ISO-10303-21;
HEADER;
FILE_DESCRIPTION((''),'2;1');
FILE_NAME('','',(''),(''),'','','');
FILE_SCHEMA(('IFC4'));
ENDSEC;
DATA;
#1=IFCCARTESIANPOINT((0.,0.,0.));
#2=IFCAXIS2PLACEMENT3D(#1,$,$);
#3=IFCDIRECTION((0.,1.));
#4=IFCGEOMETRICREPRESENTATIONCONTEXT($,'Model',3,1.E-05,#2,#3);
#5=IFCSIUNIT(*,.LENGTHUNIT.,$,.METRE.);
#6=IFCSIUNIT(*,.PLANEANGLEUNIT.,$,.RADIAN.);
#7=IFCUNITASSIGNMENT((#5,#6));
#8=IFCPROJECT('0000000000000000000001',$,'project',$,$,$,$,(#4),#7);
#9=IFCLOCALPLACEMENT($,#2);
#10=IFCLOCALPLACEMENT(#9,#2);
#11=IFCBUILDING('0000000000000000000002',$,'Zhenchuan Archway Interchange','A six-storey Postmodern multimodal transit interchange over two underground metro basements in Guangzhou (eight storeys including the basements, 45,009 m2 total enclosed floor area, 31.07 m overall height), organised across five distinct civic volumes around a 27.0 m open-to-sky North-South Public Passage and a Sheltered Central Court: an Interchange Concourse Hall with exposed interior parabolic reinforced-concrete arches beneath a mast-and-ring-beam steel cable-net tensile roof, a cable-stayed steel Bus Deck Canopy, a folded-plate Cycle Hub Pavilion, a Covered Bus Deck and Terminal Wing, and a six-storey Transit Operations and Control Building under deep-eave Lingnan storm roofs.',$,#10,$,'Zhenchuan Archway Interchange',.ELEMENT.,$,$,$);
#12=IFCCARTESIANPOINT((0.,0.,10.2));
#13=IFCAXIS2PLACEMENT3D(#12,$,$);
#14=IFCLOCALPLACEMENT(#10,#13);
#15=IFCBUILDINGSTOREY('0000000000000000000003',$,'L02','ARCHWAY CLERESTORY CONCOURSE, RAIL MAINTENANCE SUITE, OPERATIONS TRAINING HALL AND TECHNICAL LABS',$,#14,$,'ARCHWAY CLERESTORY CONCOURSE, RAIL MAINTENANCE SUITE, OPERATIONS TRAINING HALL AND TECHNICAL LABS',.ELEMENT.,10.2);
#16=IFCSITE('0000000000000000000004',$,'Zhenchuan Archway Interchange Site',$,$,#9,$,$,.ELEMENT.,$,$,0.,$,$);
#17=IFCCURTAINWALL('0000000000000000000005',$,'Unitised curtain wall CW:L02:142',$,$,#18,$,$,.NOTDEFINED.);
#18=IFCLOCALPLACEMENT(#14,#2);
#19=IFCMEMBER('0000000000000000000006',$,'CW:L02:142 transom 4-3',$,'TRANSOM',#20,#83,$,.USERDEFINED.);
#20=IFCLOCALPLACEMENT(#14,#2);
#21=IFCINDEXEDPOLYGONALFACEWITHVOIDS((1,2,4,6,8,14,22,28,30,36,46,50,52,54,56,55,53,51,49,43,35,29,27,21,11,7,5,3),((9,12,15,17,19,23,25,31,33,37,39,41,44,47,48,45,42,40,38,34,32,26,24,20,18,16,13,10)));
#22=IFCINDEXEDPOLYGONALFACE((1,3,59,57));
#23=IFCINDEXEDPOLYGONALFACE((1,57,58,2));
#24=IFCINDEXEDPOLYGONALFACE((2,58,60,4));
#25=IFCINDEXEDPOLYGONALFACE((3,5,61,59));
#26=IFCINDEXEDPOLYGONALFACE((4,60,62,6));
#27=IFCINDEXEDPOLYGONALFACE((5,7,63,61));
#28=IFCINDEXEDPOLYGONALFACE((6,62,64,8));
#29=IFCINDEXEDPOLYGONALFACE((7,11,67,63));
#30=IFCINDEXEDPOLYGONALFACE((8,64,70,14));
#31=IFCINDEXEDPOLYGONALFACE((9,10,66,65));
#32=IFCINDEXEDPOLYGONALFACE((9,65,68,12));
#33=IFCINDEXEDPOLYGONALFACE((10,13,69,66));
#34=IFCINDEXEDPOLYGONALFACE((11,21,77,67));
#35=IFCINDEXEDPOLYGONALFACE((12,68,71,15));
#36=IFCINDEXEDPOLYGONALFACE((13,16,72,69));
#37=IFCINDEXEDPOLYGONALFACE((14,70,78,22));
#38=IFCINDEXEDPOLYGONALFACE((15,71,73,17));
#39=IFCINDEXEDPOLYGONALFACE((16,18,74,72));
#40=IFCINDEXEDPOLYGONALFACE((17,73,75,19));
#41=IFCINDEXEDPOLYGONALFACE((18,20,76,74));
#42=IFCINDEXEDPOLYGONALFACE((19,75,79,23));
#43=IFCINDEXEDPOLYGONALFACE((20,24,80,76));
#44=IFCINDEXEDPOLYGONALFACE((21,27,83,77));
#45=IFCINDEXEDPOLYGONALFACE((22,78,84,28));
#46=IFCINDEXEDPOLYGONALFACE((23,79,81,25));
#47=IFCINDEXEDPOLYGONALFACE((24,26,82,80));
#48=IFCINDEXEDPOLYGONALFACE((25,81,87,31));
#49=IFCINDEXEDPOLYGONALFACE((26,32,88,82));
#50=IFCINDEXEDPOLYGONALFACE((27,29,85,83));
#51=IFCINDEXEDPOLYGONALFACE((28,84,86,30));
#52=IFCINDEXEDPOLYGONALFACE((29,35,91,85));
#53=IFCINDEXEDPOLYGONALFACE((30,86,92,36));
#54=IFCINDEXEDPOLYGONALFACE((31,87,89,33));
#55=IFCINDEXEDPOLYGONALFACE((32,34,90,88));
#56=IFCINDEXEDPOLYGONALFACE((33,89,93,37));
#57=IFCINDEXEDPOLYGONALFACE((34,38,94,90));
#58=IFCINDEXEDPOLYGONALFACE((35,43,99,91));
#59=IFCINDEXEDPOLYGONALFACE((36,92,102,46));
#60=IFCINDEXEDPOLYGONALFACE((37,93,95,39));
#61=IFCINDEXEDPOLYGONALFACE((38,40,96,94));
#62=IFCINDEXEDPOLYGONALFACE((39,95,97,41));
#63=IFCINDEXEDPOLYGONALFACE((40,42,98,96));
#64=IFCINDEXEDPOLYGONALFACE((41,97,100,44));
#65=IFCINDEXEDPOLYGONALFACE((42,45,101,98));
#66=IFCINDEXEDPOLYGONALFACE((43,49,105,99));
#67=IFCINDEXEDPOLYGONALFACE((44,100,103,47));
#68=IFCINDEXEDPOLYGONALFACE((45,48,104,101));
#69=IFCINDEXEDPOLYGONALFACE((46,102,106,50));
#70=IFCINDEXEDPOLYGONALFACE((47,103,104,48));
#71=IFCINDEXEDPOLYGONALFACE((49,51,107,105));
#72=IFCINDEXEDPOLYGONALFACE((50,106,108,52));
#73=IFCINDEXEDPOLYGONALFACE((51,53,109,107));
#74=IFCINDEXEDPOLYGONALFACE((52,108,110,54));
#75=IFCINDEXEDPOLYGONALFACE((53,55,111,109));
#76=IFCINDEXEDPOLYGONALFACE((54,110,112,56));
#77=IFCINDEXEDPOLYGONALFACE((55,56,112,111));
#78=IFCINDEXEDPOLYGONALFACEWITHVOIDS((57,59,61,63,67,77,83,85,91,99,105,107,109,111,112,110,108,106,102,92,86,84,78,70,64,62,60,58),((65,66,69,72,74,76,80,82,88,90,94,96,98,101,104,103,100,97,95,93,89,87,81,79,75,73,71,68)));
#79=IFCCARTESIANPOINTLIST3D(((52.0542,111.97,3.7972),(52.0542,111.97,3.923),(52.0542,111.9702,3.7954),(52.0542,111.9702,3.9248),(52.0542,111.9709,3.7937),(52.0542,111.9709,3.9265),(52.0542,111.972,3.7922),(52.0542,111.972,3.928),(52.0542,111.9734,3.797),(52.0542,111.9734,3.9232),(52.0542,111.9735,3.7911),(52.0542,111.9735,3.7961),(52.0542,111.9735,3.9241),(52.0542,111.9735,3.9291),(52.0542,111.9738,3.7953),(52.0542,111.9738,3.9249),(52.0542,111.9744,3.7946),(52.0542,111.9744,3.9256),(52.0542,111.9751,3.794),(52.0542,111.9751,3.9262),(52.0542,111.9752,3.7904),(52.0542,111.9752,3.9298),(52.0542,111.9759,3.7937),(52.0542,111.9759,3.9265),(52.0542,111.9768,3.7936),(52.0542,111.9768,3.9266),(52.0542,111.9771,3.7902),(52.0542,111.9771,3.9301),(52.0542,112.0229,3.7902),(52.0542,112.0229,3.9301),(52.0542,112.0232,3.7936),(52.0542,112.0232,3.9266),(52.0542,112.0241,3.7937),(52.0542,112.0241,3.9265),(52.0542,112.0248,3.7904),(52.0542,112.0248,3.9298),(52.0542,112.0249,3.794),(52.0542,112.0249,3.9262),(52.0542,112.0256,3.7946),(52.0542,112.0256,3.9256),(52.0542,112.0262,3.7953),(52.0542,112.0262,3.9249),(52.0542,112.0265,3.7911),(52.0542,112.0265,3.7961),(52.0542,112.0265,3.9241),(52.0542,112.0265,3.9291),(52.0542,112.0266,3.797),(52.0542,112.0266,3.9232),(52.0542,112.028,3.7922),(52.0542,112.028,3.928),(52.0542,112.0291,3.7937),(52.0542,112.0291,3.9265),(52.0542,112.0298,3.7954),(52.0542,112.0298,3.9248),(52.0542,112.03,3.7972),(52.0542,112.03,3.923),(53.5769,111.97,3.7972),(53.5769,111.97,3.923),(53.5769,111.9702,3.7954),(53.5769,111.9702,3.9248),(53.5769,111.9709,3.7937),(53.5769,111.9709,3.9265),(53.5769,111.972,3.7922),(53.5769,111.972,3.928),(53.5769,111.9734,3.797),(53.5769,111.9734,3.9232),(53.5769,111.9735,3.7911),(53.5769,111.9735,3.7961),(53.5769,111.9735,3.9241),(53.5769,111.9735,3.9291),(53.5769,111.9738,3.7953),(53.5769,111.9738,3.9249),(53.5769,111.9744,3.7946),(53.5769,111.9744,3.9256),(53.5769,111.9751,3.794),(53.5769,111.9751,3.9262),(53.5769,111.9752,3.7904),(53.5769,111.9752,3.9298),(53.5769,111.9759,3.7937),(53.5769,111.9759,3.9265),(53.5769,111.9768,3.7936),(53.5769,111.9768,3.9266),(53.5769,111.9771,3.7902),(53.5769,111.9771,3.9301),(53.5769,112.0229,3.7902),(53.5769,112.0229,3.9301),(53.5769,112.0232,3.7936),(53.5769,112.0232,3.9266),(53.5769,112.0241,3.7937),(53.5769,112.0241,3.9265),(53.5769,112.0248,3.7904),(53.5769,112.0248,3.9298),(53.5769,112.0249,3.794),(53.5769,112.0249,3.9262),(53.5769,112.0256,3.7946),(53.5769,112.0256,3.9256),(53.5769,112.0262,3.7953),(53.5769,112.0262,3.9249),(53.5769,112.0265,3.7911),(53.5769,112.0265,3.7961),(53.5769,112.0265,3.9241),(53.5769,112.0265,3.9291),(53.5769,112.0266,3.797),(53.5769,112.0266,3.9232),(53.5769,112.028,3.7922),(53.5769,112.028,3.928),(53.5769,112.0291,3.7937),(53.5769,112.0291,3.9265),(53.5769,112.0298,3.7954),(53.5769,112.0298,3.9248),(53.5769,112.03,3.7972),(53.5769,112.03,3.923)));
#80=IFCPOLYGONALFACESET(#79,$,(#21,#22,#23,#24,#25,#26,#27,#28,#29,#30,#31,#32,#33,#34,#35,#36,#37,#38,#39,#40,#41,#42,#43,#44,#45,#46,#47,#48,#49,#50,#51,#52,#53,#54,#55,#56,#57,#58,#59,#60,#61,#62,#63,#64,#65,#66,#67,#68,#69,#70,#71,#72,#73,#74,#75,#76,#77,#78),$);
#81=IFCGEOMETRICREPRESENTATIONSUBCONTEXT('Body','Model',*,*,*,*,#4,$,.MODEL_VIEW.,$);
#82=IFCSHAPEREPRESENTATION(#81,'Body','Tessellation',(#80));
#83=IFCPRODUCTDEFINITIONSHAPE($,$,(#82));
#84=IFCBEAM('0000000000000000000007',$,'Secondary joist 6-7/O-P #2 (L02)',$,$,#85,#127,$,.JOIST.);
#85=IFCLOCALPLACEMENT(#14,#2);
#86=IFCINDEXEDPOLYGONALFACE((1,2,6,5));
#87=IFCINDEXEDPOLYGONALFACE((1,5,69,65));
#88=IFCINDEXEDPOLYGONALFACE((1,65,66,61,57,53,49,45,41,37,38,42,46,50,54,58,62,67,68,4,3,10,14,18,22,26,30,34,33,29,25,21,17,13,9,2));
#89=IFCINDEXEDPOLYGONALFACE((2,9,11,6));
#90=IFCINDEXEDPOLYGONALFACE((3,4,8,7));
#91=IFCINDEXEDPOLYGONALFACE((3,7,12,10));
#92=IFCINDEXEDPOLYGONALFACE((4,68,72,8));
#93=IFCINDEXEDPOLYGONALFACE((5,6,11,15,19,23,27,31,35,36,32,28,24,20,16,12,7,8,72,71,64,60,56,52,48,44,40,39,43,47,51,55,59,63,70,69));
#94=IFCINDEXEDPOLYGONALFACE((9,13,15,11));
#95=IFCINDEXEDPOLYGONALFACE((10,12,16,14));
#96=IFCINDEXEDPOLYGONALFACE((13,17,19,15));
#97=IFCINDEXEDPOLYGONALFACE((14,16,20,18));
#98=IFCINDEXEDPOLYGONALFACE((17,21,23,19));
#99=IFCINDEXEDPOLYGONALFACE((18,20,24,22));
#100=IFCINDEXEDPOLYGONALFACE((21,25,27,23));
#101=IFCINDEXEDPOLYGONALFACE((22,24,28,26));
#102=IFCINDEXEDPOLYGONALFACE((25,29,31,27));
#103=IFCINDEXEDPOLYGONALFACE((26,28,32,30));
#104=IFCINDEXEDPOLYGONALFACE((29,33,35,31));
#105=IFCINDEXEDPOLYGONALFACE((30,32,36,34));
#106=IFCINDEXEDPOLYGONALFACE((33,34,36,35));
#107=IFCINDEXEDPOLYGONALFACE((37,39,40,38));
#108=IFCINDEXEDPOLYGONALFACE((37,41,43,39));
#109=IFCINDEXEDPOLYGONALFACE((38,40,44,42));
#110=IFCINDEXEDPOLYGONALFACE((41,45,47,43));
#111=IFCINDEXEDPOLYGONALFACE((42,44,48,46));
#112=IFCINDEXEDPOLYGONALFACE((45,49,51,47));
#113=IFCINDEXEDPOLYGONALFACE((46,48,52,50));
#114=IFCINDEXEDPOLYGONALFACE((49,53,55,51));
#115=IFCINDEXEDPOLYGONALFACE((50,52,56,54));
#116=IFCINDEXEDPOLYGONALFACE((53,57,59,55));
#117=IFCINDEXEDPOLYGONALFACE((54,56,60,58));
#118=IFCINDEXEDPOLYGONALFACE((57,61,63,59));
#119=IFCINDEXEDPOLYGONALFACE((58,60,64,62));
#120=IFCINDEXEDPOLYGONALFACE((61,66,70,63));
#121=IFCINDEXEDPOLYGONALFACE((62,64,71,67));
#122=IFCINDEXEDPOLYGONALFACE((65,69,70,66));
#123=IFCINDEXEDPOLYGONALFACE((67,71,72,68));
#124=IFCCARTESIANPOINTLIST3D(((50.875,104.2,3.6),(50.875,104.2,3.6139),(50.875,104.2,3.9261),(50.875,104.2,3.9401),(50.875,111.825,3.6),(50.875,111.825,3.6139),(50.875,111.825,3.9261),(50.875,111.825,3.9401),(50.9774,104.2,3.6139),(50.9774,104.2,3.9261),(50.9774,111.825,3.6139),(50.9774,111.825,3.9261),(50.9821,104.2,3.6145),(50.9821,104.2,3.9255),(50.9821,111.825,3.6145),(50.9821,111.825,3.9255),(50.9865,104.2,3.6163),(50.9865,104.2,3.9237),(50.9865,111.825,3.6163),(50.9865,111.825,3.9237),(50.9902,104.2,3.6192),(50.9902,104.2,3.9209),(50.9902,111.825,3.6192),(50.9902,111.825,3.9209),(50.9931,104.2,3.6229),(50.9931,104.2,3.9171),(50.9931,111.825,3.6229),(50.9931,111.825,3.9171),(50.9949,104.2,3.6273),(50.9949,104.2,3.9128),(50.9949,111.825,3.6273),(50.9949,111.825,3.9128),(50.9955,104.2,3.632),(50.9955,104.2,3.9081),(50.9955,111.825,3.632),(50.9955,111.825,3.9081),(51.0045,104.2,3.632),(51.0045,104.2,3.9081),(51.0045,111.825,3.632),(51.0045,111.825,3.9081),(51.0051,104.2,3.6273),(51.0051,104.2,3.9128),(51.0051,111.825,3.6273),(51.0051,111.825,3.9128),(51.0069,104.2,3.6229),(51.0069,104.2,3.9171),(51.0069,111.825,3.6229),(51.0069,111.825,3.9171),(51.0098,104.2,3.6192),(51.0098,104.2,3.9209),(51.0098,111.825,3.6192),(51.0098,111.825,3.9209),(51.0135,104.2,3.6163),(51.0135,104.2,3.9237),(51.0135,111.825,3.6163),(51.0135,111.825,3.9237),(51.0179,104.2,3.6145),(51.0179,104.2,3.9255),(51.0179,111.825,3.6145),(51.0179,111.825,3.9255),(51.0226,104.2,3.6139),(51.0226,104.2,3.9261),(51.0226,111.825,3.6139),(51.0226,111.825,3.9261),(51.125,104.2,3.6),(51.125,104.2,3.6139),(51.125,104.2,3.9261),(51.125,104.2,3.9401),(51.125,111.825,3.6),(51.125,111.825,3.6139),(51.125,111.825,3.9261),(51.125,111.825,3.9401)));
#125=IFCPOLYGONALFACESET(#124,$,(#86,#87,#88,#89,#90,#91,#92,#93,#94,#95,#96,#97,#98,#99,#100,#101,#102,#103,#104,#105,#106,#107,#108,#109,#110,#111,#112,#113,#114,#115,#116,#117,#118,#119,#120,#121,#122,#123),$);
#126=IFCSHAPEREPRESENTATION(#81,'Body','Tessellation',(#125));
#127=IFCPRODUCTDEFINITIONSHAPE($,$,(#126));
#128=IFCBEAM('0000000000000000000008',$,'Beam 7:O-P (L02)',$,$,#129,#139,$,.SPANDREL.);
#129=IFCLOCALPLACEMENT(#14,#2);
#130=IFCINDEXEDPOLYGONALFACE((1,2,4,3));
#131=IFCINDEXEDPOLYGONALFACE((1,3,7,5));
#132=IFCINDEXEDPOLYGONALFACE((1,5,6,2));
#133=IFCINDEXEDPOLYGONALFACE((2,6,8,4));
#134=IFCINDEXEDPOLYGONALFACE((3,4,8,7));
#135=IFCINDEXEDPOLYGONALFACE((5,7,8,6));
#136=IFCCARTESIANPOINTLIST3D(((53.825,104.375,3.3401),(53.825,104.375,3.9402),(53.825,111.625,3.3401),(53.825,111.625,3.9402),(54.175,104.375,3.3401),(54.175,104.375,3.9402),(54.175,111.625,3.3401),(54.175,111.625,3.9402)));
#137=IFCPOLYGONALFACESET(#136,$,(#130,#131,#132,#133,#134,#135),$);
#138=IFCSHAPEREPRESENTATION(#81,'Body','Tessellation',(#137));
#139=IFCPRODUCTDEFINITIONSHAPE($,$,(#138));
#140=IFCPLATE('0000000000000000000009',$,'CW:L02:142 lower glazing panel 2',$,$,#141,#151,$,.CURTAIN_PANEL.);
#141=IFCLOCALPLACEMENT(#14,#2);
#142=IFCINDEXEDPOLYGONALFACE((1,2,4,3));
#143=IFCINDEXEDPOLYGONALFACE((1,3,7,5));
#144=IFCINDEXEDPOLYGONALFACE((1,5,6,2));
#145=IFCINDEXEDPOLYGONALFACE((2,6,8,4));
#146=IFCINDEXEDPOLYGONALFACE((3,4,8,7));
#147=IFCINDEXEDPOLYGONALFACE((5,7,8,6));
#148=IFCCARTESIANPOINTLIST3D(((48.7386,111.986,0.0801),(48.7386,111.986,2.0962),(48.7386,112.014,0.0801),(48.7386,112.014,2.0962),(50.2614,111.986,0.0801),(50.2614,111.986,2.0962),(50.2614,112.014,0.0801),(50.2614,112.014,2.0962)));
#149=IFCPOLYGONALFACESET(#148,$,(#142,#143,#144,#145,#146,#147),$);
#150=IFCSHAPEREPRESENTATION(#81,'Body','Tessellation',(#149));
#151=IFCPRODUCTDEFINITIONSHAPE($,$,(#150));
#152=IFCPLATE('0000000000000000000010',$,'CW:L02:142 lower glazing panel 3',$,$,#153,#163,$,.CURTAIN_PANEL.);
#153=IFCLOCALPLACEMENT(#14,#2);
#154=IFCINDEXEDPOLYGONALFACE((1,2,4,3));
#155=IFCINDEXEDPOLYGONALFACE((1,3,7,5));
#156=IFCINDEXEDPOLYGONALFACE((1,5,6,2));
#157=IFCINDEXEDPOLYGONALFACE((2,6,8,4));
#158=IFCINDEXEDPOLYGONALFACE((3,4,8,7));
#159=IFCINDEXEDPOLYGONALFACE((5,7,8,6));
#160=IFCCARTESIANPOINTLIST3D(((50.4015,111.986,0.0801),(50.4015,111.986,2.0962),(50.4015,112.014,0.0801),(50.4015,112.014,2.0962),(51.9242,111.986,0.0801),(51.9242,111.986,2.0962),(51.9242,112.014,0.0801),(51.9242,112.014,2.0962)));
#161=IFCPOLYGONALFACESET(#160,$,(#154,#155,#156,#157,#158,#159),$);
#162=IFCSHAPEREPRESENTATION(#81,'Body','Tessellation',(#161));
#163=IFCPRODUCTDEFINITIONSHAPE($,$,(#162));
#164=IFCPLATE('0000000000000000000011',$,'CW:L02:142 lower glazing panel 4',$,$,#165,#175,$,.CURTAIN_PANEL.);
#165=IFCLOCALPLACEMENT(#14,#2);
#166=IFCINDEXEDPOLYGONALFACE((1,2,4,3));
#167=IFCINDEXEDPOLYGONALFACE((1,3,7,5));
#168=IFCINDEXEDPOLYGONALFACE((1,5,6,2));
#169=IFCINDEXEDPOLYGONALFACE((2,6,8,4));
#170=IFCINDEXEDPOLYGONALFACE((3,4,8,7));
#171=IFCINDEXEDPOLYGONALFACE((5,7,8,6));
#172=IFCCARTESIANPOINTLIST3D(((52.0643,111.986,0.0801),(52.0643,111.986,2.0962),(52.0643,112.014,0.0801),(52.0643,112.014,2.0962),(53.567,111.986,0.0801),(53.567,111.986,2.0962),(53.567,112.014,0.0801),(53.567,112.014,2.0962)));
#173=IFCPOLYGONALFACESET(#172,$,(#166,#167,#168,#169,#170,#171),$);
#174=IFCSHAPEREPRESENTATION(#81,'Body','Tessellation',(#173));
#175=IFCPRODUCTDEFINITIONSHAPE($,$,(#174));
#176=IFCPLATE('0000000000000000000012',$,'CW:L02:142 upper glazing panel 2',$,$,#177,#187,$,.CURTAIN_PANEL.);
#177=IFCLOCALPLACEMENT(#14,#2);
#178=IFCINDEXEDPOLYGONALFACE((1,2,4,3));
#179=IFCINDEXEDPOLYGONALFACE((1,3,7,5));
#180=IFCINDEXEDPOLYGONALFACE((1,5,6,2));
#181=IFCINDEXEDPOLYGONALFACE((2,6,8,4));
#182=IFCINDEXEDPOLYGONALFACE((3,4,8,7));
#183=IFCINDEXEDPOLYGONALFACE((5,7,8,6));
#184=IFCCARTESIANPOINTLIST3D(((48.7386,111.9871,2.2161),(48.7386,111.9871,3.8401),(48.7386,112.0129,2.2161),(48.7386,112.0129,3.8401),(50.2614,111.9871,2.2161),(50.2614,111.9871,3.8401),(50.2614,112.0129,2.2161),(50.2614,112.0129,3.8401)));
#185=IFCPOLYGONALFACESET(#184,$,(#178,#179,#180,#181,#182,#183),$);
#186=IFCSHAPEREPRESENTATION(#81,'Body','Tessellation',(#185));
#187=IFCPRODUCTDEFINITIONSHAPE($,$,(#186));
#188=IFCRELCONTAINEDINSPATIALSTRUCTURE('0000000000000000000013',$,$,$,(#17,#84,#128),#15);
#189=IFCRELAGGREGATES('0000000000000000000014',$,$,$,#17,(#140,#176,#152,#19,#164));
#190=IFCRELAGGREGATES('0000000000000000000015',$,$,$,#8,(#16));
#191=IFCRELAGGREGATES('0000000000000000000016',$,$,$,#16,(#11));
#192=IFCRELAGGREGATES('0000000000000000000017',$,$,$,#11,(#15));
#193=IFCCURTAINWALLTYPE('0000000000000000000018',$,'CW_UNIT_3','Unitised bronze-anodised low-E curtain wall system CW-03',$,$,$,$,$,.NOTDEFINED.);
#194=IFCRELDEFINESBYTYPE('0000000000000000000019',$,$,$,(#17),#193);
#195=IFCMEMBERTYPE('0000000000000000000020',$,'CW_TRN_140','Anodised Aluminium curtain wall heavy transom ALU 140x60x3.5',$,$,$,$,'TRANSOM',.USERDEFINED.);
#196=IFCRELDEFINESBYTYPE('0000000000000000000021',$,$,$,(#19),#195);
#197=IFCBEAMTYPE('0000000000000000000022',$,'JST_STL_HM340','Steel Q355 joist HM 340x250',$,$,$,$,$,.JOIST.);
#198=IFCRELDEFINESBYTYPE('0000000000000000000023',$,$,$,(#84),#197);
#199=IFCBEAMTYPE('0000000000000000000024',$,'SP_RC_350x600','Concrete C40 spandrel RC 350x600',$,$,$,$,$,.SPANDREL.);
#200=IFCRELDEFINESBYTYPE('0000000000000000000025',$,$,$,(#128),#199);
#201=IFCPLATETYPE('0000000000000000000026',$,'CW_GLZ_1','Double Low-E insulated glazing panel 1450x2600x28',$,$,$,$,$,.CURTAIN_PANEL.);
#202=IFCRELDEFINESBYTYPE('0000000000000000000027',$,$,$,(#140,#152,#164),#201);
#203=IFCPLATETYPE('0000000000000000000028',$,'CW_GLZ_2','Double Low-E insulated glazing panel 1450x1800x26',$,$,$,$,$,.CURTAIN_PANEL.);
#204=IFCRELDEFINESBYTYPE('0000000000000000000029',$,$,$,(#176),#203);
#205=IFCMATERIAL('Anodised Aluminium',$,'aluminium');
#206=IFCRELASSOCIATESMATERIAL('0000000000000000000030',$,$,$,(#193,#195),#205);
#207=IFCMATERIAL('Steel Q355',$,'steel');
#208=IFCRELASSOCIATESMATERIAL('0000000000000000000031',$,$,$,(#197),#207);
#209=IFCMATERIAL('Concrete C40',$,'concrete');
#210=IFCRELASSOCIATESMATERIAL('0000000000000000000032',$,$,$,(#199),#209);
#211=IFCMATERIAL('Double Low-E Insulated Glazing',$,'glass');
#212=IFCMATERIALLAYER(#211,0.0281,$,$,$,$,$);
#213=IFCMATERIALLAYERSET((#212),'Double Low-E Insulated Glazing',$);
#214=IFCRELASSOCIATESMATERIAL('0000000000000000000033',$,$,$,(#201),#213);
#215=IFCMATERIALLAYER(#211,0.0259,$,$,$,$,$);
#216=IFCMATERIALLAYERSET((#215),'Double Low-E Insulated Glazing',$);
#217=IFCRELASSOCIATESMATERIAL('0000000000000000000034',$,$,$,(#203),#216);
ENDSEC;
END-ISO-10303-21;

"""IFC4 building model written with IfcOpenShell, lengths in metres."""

from ifc_helpers import new_model, si_unit, direction, frame, origin, origin_2d, place, context, subcontext, project, spatial, rectangle, hollow_rectangle, i_section, extrude, material, layer, layer_set, material_profile, profile_set, type_object, element, aggregate, save


model = new_model("IFC4")

# Units and contexts
model_context = context("Model", 3, precision=1e-05, world=origin(), true_north=direction((0.0, 1.0)))
body_context = subcontext(model_context, "Body", "Model", "MODEL_VIEW")
ifc_project = project(units=[si_unit("LENGTHUNIT", "METRE"), si_unit("PLANEANGLEUNIT", "RADIAN")], contexts=[model_context])

# Site, building, storey
site_placement = place(None, origin())
site = spatial("IfcSite", under=ifc_project, at=site_placement, Name="Zhenchuan Archway Interchange Site", CompositionType="ELEMENT", RefElevation=0.0)
building_placement = place(site_placement, origin())
building = spatial("IfcBuilding", under=site, at=building_placement, Name="Zhenchuan Archway Interchange", Description="A six-storey Postmodern multimodal transit interchange over two underground metro basements in Guangzhou (eight storeys including the basements, 45,009 m2 total enclosed floor area, 31.07 m overall height), organised across five distinct civic volumes around a 27.0 m open-to-sky North-South Public Passage and a Sheltered Central Court: an Interchange Concourse Hall with exposed interior parabolic reinforced-concrete arches beneath a mast-and-ring-beam steel cable-net tensile roof, a cable-stayed steel Bus Deck Canopy, a folded-plate Cycle Hub Pavilion, a Covered Bus Deck and Terminal Wing, and a six-storey Transit Operations and Control Building under deep-eave Lingnan storm roofs.", LongName="Zhenchuan Archway Interchange", CompositionType="ELEMENT")
storey_placement = place(building_placement, frame((0.0, 0.0, 10.2)))
storey = spatial("IfcBuildingStorey", under=building, at=storey_placement, Name="L02", Description="ARCHWAY CLERESTORY CONCOURSE, RAIL MAINTENANCE SUITE, OPERATIONS TRAINING HALL AND TECHNICAL LABS", LongName="ARCHWAY CLERESTORY CONCOURSE, RAIL MAINTENANCE SUITE, OPERATIONS TRAINING HALL AND TECHNICAL LABS", CompositionType="ELEMENT", Elevation=10.2)

# Shared definitions
ifc_material_1 = material(Name="Concrete C40", Category="concrete")

# Curtain wall, member
ifc_material_2 = material(Name="Anodised Aluminium", Category="aluminium")
curtain_wall_type = type_object("IfcCurtainWallType", Name="CW_UNIT_3", Description="Unitised bronze-anodised low-E curtain wall system CW-03", PredefinedType="NOTDEFINED", material=ifc_material_2)
curtain_wall_placement = place(storey_placement, origin())
curtain_wall = element("IfcCurtainWall", 1, at=curtain_wall_placement, inside=storey, type_object=curtain_wall_type, Name="Unitised curtain wall CW:L02:142", PredefinedType="NOTDEFINED")
ifc_material_profile_1 = material_profile(ifc_material_2, hollow_rectangle(XDim=0.0601, YDim=0.1399, WallThickness=0.0034, InnerFilletRadius=0.0034, OuterFilletRadius=0.0071, at=origin_2d()), Name="ALU 140x60x3.5")
ifc_profile_set_1 = profile_set([ifc_material_profile_1], Name="Anodised Aluminium")
member_type_1 = type_object("IfcMemberType", Name="CW_TRN_140", Description="Anodised Aluminium curtain wall heavy transom ALU 140x60x3.5", ElementType="TRANSOM", PredefinedType="USERDEFINED", material=ifc_profile_set_1)
member_1_placement = place(storey_placement, frame((52.0542, 112.0, 3.8601), z_axis=(1.0, 0.0, 0.0), x_axis=(0.0, 1.0, 0.0)))
member_1 = element("IfcMember", 2, at=member_1_placement, type_object=member_type_1, Name="CW:L02:142 transom 4-3", ObjectType="TRANSOM", PredefinedType="USERDEFINED", context=body_context, shape_type="SweptSolid", body=[
    extrude(hollow_rectangle(XDim=0.0601, YDim=0.1399, WallThickness=0.0034, InnerFilletRadius=0.0034, OuterFilletRadius=0.0071, at=origin_2d()), origin(), (0.0, 0.0, 1.0), 1.5227),
])

# Beams
ifc_material_3 = material(Name="Steel Q355", Category="steel")
ifc_material_profile_2 = material_profile(ifc_material_3, i_section(OverallWidth=0.25, OverallDepth=0.3401, WebThickness=0.009, FlangeThickness=0.0139, FilletRadius=0.0181, at=origin_2d()), Name="HM 340x250")
ifc_profile_set_2 = profile_set([ifc_material_profile_2], Name="Steel Q355")
beam_type_1 = type_object("IfcBeamType", Name="JST_STL_HM340", Description="Steel Q355 joist HM 340x250", PredefinedType="JOIST", material=ifc_profile_set_2)
beam_1_placement = place(storey_placement, frame((51.0, 104.2, 3.77), z_axis=(0.0, 1.0, 0.0), x_axis=(-1.0, 0.0, 0.0)))
element("IfcBeam", 3, at=beam_1_placement, inside=storey, type_object=beam_type_1, Name="Secondary joist 6-7/O-P #2 (L02)", PredefinedType="JOIST", context=body_context, shape_type="SweptSolid", body=[
    extrude(i_section(OverallWidth=0.25, OverallDepth=0.3401, WebThickness=0.009, FlangeThickness=0.0139, FilletRadius=0.0181, at=origin_2d()), origin(), (0.0, 0.0, 1.0), 7.625),
])
ifc_material_profile_3 = material_profile(ifc_material_1, rectangle(XDim=0.3501, YDim=0.6001, at=origin_2d()), Name="RC 350x600")
ifc_profile_set_3 = profile_set([ifc_material_profile_3], Name="Concrete C40")
beam_type_2 = type_object("IfcBeamType", Name="SP_RC_350x600", Description="Concrete C40 spandrel RC 350x600", PredefinedType="SPANDREL", material=ifc_profile_set_3)
beam_2_placement = place(storey_placement, frame((54.0, 104.375, 3.6401), z_axis=(0.0, 1.0, 0.0), x_axis=(-1.0, 0.0, 0.0)))
element("IfcBeam", 4, at=beam_2_placement, inside=storey, type_object=beam_type_2, Name="Beam 7:O-P (L02)", PredefinedType="SPANDREL", context=body_context, shape_type="SweptSolid", body=[
    extrude(rectangle(XDim=0.3501, YDim=0.6001, at=origin_2d()), origin(), (0.0, 0.0, 1.0), 7.25),
])

# Plates
ifc_material_4 = material(Name="Double Low-E Insulated Glazing", Category="glass")
ifc_layer_1 = layer(ifc_material_4, 0.0281)
ifc_layer_set_1 = layer_set([ifc_layer_1], Name="Double Low-E Insulated Glazing")
plate_type_1 = type_object("IfcPlateType", Name="CW_GLZ_1", Description="Double Low-E insulated glazing panel 1450x2600x28", PredefinedType="CURTAIN_PANEL", material=ifc_layer_set_1)
plate_1_placement = place(storey_placement, frame((49.5, 112.0, 0.0801), z_axis=(0.0, 0.0, 1.0), x_axis=(1.0, 0.0, 0.0)))
plate_1 = element("IfcPlate", 5, at=plate_1_placement, type_object=plate_type_1, Name="CW:L02:142 lower glazing panel 2", PredefinedType="CURTAIN_PANEL", context=body_context, shape_type="SweptSolid", body=[
    extrude(rectangle(XDim=1.5227, YDim=0.0281, at=origin_2d()), origin(), (0.0, 0.0, 1.0), 2.0161),
])
plate_2_placement = place(storey_placement, frame((51.1628, 112.0, 0.0801), z_axis=(0.0, 0.0, 1.0), x_axis=(1.0, 0.0, 0.0)))
plate_2 = element("IfcPlate", 6, at=plate_2_placement, type_object=plate_type_1, Name="CW:L02:142 lower glazing panel 3", PredefinedType="CURTAIN_PANEL", context=body_context, shape_type="SweptSolid", body=[
    extrude(rectangle(XDim=1.5227, YDim=0.0281, at=origin_2d()), origin(), (0.0, 0.0, 1.0), 2.0161),
])
plate_3_placement = place(storey_placement, frame((52.8157, 112.0, 0.0801), z_axis=(0.0, 0.0, 1.0), x_axis=(1.0, 0.0, 0.0)))
plate_3 = element("IfcPlate", 7, at=plate_3_placement, type_object=plate_type_1, Name="CW:L02:142 lower glazing panel 4", PredefinedType="CURTAIN_PANEL", context=body_context, shape_type="SweptSolid", body=[
    extrude(rectangle(XDim=1.5027, YDim=0.0281, at=origin_2d()), origin(), (0.0, 0.0, 1.0), 2.0161),
])
ifc_layer_2 = layer(ifc_material_4, 0.0259)
ifc_layer_set_2 = layer_set([ifc_layer_2], Name="Double Low-E Insulated Glazing")
plate_type_2 = type_object("IfcPlateType", Name="CW_GLZ_2", Description="Double Low-E insulated glazing panel 1450x1800x26", PredefinedType="CURTAIN_PANEL", material=ifc_layer_set_2)
plate_4_placement = place(storey_placement, frame((49.5, 112.0, 2.2161), z_axis=(0.0, 0.0, 1.0), x_axis=(1.0, 0.0, 0.0)))
plate_4 = element("IfcPlate", 8, at=plate_4_placement, type_object=plate_type_2, Name="CW:L02:142 upper glazing panel 2", PredefinedType="CURTAIN_PANEL", context=body_context, shape_type="SweptSolid", body=[
    extrude(rectangle(XDim=1.5227, YDim=0.0259, at=origin_2d()), origin(), (0.0, 0.0, 1.0), 1.624),
])
aggregate(curtain_wall, [plate_1, plate_4, plate_2, member_1, plate_3])

save(model, "model.ifc")
